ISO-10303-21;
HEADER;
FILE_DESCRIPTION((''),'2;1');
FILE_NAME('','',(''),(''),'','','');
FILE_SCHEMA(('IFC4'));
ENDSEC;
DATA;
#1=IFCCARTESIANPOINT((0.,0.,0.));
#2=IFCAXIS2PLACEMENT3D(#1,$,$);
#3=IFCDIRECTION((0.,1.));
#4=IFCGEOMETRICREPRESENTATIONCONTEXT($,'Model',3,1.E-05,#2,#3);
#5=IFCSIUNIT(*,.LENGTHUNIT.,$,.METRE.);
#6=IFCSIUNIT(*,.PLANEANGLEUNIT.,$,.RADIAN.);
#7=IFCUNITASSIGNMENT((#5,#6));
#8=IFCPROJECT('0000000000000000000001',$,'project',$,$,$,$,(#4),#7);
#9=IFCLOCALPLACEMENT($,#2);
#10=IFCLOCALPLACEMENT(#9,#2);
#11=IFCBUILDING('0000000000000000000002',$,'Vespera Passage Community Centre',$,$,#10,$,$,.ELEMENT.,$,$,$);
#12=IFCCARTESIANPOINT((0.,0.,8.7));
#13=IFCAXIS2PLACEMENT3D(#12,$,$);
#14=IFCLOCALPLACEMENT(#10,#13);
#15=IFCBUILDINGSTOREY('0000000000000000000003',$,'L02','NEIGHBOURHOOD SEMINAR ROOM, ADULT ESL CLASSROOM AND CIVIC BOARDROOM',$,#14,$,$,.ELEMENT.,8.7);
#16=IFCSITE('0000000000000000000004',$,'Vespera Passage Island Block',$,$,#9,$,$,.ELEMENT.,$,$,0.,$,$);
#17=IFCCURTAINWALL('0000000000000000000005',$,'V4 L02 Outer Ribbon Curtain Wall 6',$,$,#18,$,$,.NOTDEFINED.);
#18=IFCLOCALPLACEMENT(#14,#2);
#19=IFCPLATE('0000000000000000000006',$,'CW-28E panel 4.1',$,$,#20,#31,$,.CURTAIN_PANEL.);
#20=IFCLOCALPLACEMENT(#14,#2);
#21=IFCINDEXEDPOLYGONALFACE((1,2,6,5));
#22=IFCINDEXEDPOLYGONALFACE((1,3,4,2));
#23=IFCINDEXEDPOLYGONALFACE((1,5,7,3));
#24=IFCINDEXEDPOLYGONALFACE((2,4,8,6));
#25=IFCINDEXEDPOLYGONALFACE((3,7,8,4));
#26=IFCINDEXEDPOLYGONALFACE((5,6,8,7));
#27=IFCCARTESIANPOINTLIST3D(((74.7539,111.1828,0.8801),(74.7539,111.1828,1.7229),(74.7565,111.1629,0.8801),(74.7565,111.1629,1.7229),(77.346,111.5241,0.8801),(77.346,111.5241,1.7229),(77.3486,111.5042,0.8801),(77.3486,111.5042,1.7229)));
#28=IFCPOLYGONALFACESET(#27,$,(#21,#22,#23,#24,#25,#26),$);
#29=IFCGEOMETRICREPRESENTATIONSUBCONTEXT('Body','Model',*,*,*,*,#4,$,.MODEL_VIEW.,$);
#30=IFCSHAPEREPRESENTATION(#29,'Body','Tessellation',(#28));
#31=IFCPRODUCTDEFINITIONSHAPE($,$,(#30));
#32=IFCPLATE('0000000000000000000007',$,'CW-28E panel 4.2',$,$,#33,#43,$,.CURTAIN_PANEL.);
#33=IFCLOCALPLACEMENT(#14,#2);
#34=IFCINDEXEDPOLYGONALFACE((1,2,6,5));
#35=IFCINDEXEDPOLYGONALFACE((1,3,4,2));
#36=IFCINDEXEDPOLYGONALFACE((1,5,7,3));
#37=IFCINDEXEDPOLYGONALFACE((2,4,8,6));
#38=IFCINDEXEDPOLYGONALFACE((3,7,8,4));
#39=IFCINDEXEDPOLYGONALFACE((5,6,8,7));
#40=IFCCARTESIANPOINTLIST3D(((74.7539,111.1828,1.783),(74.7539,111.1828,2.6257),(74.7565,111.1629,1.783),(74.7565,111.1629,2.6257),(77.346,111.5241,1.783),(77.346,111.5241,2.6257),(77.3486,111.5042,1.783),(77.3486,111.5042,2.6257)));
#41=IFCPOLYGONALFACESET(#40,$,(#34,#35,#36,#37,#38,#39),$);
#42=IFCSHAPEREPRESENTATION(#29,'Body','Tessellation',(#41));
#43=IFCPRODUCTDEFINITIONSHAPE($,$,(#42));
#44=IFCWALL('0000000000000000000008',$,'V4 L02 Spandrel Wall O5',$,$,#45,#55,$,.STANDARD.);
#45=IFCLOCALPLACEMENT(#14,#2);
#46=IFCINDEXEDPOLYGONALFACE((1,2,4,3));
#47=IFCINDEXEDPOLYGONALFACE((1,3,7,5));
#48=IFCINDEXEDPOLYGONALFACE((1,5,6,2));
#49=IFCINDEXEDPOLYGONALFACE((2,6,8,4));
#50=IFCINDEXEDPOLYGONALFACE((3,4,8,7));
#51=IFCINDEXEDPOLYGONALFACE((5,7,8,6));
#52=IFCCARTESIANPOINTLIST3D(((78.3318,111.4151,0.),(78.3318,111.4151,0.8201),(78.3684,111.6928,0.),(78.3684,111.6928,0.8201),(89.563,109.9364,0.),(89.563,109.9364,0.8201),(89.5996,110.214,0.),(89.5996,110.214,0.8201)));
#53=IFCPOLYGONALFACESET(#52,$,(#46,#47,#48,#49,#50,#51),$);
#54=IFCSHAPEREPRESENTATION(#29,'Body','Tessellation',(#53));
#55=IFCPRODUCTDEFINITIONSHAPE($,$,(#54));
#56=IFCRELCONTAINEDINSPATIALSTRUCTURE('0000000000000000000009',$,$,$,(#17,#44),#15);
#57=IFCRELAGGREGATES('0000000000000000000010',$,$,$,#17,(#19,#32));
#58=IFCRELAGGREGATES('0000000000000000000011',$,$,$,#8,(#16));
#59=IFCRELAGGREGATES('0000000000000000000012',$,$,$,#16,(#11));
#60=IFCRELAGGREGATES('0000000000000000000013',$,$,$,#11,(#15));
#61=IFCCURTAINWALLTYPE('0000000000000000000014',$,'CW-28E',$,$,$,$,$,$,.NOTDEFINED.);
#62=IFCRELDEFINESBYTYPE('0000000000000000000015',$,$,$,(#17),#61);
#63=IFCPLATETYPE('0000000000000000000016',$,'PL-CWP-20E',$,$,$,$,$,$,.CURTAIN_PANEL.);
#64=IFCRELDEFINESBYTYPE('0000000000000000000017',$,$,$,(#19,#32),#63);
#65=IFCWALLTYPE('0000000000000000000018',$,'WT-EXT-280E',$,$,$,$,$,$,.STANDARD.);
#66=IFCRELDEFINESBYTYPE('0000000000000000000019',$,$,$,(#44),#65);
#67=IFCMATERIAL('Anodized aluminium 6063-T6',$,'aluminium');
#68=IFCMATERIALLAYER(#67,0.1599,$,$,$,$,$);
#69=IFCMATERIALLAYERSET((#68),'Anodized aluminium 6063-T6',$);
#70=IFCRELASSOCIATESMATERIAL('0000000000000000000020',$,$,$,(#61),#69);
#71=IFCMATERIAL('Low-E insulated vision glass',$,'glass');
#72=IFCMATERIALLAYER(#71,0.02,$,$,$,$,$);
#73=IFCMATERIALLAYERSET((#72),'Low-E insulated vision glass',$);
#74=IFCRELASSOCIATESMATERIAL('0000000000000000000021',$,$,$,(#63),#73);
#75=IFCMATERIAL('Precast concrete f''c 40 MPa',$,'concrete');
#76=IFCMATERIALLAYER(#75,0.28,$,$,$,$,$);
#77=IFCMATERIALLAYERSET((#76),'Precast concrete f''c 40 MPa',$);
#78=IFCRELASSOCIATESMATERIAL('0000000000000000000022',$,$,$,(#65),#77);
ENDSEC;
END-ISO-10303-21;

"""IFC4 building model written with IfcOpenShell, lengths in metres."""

from ifc_helpers import new_model, si_unit, direction, frame, frame_2d, origin, origin_2d, place, context, subcontext, project, spatial, rectangle, extrude, material, layer, layer_set, type_object, element, aggregate, save


model = new_model("IFC4")

# Units and contexts
model_context = context("Model", 3, precision=1e-05, world=origin(), true_north=direction((0.0, 1.0)))
body_context = subcontext(model_context, "Body", "Model", "MODEL_VIEW")
ifc_project = project(units=[si_unit("LENGTHUNIT", "METRE"), si_unit("PLANEANGLEUNIT", "RADIAN")], contexts=[model_context])

# Site, building, storey
site_placement = place(None, origin())
site = spatial("IfcSite", under=ifc_project, at=site_placement, Name="Vespera Passage Island Block", CompositionType="ELEMENT", RefElevation=0.0)
building_placement = place(site_placement, origin())
building = spatial("IfcBuilding", under=site, at=building_placement, Name="Vespera Passage Community Centre", CompositionType="ELEMENT")
storey_placement = place(building_placement, frame((0.0, 0.0, 8.7)))
storey = spatial("IfcBuildingStorey", under=building, at=storey_placement, Name="L02", Description="NEIGHBOURHOOD SEMINAR ROOM, ADULT ESL CLASSROOM AND CIVIC BOARDROOM", CompositionType="ELEMENT", Elevation=8.7)

# Curtain wall, plates
ifc_material_1 = material(Name="Anodized aluminium 6063-T6", Category="aluminium")
ifc_layer_1 = layer(ifc_material_1, 0.1599)
ifc_layer_set_1 = layer_set([ifc_layer_1], Name="Anodized aluminium 6063-T6")
curtain_wall_type = type_object("IfcCurtainWallType", Name="CW-28E", PredefinedType="NOTDEFINED", material=ifc_layer_set_1)
curtain_wall_placement = place(storey_placement, origin())
curtain_wall = element("IfcCurtainWall", 1, at=curtain_wall_placement, inside=storey, type_object=curtain_wall_type, Name="V4 L02 Outer Ribbon Curtain Wall 6", PredefinedType="NOTDEFINED")
ifc_material_2 = material(Name="Low-E insulated vision glass", Category="glass")
ifc_layer_2 = layer(ifc_material_2, 0.02)
ifc_layer_set_2 = layer_set([ifc_layer_2], Name="Low-E insulated vision glass")
plate_type = type_object("IfcPlateType", Name="PL-CWP-20E", PredefinedType="CURTAIN_PANEL", material=ifc_layer_set_2)
plate_1_placement = place(storey_placement, frame((76.0513, 111.3435, 0.8801), z_axis=(0.0, 0.0, 1.0), x_axis=(0.991444, 0.130531, 0.0)))
plate_1 = element("IfcPlate", 2, at=plate_1_placement, type_object=plate_type, Name="CW-28E panel 4.1", PredefinedType="CURTAIN_PANEL", context=body_context, shape_type="SweptSolid", body=[
    extrude(rectangle(XDim=2.6145, YDim=0.02, at=origin_2d()), origin(), (0.0, 0.0, 1.0), 0.8428),
])
plate_2_placement = place(storey_placement, frame((76.0513, 111.3435, 1.783), z_axis=(0.0, 0.0, 1.0), x_axis=(0.991444, 0.130531, 0.0)))
plate_2 = element("IfcPlate", 3, at=plate_2_placement, type_object=plate_type, Name="CW-28E panel 4.2", PredefinedType="CURTAIN_PANEL", context=body_context, shape_type="SweptSolid", body=[
    extrude(rectangle(XDim=2.6145, YDim=0.02, at=origin_2d()), origin(), (0.0, 0.0, 1.0), 0.8428),
])
aggregate(curtain_wall, [plate_1, plate_2])

# Wall
ifc_material_3 = material(Name="Precast concrete f'c 40 MPa", Category="concrete")
ifc_layer_3 = layer(ifc_material_3, 0.28)
ifc_layer_set_3 = layer_set([ifc_layer_3], Name="Precast concrete f'c 40 MPa")
wall_type = type_object("IfcWallType", Name="WT-EXT-280E", PredefinedType="STANDARD", material=ifc_layer_set_3)
wall_placement = place(storey_placement, frame((78.3501, 111.554, 0.0), z_axis=(0.0, 0.0, 1.0), x_axis=(0.991443, -0.130539, 0.0)))
element("IfcWall", 4, at=wall_placement, inside=storey, type_object=wall_type, Name="V4 L02 Spandrel Wall O5", PredefinedType="STANDARD", context=body_context, shape_type="SweptSolid", body=[
    extrude(rectangle(XDim=11.3281, YDim=0.28, at=frame_2d((5.6641, 0.0))), origin(), (0.0, 0.0, 1.0), 0.8201),
])

save(model, "model.ifc")
